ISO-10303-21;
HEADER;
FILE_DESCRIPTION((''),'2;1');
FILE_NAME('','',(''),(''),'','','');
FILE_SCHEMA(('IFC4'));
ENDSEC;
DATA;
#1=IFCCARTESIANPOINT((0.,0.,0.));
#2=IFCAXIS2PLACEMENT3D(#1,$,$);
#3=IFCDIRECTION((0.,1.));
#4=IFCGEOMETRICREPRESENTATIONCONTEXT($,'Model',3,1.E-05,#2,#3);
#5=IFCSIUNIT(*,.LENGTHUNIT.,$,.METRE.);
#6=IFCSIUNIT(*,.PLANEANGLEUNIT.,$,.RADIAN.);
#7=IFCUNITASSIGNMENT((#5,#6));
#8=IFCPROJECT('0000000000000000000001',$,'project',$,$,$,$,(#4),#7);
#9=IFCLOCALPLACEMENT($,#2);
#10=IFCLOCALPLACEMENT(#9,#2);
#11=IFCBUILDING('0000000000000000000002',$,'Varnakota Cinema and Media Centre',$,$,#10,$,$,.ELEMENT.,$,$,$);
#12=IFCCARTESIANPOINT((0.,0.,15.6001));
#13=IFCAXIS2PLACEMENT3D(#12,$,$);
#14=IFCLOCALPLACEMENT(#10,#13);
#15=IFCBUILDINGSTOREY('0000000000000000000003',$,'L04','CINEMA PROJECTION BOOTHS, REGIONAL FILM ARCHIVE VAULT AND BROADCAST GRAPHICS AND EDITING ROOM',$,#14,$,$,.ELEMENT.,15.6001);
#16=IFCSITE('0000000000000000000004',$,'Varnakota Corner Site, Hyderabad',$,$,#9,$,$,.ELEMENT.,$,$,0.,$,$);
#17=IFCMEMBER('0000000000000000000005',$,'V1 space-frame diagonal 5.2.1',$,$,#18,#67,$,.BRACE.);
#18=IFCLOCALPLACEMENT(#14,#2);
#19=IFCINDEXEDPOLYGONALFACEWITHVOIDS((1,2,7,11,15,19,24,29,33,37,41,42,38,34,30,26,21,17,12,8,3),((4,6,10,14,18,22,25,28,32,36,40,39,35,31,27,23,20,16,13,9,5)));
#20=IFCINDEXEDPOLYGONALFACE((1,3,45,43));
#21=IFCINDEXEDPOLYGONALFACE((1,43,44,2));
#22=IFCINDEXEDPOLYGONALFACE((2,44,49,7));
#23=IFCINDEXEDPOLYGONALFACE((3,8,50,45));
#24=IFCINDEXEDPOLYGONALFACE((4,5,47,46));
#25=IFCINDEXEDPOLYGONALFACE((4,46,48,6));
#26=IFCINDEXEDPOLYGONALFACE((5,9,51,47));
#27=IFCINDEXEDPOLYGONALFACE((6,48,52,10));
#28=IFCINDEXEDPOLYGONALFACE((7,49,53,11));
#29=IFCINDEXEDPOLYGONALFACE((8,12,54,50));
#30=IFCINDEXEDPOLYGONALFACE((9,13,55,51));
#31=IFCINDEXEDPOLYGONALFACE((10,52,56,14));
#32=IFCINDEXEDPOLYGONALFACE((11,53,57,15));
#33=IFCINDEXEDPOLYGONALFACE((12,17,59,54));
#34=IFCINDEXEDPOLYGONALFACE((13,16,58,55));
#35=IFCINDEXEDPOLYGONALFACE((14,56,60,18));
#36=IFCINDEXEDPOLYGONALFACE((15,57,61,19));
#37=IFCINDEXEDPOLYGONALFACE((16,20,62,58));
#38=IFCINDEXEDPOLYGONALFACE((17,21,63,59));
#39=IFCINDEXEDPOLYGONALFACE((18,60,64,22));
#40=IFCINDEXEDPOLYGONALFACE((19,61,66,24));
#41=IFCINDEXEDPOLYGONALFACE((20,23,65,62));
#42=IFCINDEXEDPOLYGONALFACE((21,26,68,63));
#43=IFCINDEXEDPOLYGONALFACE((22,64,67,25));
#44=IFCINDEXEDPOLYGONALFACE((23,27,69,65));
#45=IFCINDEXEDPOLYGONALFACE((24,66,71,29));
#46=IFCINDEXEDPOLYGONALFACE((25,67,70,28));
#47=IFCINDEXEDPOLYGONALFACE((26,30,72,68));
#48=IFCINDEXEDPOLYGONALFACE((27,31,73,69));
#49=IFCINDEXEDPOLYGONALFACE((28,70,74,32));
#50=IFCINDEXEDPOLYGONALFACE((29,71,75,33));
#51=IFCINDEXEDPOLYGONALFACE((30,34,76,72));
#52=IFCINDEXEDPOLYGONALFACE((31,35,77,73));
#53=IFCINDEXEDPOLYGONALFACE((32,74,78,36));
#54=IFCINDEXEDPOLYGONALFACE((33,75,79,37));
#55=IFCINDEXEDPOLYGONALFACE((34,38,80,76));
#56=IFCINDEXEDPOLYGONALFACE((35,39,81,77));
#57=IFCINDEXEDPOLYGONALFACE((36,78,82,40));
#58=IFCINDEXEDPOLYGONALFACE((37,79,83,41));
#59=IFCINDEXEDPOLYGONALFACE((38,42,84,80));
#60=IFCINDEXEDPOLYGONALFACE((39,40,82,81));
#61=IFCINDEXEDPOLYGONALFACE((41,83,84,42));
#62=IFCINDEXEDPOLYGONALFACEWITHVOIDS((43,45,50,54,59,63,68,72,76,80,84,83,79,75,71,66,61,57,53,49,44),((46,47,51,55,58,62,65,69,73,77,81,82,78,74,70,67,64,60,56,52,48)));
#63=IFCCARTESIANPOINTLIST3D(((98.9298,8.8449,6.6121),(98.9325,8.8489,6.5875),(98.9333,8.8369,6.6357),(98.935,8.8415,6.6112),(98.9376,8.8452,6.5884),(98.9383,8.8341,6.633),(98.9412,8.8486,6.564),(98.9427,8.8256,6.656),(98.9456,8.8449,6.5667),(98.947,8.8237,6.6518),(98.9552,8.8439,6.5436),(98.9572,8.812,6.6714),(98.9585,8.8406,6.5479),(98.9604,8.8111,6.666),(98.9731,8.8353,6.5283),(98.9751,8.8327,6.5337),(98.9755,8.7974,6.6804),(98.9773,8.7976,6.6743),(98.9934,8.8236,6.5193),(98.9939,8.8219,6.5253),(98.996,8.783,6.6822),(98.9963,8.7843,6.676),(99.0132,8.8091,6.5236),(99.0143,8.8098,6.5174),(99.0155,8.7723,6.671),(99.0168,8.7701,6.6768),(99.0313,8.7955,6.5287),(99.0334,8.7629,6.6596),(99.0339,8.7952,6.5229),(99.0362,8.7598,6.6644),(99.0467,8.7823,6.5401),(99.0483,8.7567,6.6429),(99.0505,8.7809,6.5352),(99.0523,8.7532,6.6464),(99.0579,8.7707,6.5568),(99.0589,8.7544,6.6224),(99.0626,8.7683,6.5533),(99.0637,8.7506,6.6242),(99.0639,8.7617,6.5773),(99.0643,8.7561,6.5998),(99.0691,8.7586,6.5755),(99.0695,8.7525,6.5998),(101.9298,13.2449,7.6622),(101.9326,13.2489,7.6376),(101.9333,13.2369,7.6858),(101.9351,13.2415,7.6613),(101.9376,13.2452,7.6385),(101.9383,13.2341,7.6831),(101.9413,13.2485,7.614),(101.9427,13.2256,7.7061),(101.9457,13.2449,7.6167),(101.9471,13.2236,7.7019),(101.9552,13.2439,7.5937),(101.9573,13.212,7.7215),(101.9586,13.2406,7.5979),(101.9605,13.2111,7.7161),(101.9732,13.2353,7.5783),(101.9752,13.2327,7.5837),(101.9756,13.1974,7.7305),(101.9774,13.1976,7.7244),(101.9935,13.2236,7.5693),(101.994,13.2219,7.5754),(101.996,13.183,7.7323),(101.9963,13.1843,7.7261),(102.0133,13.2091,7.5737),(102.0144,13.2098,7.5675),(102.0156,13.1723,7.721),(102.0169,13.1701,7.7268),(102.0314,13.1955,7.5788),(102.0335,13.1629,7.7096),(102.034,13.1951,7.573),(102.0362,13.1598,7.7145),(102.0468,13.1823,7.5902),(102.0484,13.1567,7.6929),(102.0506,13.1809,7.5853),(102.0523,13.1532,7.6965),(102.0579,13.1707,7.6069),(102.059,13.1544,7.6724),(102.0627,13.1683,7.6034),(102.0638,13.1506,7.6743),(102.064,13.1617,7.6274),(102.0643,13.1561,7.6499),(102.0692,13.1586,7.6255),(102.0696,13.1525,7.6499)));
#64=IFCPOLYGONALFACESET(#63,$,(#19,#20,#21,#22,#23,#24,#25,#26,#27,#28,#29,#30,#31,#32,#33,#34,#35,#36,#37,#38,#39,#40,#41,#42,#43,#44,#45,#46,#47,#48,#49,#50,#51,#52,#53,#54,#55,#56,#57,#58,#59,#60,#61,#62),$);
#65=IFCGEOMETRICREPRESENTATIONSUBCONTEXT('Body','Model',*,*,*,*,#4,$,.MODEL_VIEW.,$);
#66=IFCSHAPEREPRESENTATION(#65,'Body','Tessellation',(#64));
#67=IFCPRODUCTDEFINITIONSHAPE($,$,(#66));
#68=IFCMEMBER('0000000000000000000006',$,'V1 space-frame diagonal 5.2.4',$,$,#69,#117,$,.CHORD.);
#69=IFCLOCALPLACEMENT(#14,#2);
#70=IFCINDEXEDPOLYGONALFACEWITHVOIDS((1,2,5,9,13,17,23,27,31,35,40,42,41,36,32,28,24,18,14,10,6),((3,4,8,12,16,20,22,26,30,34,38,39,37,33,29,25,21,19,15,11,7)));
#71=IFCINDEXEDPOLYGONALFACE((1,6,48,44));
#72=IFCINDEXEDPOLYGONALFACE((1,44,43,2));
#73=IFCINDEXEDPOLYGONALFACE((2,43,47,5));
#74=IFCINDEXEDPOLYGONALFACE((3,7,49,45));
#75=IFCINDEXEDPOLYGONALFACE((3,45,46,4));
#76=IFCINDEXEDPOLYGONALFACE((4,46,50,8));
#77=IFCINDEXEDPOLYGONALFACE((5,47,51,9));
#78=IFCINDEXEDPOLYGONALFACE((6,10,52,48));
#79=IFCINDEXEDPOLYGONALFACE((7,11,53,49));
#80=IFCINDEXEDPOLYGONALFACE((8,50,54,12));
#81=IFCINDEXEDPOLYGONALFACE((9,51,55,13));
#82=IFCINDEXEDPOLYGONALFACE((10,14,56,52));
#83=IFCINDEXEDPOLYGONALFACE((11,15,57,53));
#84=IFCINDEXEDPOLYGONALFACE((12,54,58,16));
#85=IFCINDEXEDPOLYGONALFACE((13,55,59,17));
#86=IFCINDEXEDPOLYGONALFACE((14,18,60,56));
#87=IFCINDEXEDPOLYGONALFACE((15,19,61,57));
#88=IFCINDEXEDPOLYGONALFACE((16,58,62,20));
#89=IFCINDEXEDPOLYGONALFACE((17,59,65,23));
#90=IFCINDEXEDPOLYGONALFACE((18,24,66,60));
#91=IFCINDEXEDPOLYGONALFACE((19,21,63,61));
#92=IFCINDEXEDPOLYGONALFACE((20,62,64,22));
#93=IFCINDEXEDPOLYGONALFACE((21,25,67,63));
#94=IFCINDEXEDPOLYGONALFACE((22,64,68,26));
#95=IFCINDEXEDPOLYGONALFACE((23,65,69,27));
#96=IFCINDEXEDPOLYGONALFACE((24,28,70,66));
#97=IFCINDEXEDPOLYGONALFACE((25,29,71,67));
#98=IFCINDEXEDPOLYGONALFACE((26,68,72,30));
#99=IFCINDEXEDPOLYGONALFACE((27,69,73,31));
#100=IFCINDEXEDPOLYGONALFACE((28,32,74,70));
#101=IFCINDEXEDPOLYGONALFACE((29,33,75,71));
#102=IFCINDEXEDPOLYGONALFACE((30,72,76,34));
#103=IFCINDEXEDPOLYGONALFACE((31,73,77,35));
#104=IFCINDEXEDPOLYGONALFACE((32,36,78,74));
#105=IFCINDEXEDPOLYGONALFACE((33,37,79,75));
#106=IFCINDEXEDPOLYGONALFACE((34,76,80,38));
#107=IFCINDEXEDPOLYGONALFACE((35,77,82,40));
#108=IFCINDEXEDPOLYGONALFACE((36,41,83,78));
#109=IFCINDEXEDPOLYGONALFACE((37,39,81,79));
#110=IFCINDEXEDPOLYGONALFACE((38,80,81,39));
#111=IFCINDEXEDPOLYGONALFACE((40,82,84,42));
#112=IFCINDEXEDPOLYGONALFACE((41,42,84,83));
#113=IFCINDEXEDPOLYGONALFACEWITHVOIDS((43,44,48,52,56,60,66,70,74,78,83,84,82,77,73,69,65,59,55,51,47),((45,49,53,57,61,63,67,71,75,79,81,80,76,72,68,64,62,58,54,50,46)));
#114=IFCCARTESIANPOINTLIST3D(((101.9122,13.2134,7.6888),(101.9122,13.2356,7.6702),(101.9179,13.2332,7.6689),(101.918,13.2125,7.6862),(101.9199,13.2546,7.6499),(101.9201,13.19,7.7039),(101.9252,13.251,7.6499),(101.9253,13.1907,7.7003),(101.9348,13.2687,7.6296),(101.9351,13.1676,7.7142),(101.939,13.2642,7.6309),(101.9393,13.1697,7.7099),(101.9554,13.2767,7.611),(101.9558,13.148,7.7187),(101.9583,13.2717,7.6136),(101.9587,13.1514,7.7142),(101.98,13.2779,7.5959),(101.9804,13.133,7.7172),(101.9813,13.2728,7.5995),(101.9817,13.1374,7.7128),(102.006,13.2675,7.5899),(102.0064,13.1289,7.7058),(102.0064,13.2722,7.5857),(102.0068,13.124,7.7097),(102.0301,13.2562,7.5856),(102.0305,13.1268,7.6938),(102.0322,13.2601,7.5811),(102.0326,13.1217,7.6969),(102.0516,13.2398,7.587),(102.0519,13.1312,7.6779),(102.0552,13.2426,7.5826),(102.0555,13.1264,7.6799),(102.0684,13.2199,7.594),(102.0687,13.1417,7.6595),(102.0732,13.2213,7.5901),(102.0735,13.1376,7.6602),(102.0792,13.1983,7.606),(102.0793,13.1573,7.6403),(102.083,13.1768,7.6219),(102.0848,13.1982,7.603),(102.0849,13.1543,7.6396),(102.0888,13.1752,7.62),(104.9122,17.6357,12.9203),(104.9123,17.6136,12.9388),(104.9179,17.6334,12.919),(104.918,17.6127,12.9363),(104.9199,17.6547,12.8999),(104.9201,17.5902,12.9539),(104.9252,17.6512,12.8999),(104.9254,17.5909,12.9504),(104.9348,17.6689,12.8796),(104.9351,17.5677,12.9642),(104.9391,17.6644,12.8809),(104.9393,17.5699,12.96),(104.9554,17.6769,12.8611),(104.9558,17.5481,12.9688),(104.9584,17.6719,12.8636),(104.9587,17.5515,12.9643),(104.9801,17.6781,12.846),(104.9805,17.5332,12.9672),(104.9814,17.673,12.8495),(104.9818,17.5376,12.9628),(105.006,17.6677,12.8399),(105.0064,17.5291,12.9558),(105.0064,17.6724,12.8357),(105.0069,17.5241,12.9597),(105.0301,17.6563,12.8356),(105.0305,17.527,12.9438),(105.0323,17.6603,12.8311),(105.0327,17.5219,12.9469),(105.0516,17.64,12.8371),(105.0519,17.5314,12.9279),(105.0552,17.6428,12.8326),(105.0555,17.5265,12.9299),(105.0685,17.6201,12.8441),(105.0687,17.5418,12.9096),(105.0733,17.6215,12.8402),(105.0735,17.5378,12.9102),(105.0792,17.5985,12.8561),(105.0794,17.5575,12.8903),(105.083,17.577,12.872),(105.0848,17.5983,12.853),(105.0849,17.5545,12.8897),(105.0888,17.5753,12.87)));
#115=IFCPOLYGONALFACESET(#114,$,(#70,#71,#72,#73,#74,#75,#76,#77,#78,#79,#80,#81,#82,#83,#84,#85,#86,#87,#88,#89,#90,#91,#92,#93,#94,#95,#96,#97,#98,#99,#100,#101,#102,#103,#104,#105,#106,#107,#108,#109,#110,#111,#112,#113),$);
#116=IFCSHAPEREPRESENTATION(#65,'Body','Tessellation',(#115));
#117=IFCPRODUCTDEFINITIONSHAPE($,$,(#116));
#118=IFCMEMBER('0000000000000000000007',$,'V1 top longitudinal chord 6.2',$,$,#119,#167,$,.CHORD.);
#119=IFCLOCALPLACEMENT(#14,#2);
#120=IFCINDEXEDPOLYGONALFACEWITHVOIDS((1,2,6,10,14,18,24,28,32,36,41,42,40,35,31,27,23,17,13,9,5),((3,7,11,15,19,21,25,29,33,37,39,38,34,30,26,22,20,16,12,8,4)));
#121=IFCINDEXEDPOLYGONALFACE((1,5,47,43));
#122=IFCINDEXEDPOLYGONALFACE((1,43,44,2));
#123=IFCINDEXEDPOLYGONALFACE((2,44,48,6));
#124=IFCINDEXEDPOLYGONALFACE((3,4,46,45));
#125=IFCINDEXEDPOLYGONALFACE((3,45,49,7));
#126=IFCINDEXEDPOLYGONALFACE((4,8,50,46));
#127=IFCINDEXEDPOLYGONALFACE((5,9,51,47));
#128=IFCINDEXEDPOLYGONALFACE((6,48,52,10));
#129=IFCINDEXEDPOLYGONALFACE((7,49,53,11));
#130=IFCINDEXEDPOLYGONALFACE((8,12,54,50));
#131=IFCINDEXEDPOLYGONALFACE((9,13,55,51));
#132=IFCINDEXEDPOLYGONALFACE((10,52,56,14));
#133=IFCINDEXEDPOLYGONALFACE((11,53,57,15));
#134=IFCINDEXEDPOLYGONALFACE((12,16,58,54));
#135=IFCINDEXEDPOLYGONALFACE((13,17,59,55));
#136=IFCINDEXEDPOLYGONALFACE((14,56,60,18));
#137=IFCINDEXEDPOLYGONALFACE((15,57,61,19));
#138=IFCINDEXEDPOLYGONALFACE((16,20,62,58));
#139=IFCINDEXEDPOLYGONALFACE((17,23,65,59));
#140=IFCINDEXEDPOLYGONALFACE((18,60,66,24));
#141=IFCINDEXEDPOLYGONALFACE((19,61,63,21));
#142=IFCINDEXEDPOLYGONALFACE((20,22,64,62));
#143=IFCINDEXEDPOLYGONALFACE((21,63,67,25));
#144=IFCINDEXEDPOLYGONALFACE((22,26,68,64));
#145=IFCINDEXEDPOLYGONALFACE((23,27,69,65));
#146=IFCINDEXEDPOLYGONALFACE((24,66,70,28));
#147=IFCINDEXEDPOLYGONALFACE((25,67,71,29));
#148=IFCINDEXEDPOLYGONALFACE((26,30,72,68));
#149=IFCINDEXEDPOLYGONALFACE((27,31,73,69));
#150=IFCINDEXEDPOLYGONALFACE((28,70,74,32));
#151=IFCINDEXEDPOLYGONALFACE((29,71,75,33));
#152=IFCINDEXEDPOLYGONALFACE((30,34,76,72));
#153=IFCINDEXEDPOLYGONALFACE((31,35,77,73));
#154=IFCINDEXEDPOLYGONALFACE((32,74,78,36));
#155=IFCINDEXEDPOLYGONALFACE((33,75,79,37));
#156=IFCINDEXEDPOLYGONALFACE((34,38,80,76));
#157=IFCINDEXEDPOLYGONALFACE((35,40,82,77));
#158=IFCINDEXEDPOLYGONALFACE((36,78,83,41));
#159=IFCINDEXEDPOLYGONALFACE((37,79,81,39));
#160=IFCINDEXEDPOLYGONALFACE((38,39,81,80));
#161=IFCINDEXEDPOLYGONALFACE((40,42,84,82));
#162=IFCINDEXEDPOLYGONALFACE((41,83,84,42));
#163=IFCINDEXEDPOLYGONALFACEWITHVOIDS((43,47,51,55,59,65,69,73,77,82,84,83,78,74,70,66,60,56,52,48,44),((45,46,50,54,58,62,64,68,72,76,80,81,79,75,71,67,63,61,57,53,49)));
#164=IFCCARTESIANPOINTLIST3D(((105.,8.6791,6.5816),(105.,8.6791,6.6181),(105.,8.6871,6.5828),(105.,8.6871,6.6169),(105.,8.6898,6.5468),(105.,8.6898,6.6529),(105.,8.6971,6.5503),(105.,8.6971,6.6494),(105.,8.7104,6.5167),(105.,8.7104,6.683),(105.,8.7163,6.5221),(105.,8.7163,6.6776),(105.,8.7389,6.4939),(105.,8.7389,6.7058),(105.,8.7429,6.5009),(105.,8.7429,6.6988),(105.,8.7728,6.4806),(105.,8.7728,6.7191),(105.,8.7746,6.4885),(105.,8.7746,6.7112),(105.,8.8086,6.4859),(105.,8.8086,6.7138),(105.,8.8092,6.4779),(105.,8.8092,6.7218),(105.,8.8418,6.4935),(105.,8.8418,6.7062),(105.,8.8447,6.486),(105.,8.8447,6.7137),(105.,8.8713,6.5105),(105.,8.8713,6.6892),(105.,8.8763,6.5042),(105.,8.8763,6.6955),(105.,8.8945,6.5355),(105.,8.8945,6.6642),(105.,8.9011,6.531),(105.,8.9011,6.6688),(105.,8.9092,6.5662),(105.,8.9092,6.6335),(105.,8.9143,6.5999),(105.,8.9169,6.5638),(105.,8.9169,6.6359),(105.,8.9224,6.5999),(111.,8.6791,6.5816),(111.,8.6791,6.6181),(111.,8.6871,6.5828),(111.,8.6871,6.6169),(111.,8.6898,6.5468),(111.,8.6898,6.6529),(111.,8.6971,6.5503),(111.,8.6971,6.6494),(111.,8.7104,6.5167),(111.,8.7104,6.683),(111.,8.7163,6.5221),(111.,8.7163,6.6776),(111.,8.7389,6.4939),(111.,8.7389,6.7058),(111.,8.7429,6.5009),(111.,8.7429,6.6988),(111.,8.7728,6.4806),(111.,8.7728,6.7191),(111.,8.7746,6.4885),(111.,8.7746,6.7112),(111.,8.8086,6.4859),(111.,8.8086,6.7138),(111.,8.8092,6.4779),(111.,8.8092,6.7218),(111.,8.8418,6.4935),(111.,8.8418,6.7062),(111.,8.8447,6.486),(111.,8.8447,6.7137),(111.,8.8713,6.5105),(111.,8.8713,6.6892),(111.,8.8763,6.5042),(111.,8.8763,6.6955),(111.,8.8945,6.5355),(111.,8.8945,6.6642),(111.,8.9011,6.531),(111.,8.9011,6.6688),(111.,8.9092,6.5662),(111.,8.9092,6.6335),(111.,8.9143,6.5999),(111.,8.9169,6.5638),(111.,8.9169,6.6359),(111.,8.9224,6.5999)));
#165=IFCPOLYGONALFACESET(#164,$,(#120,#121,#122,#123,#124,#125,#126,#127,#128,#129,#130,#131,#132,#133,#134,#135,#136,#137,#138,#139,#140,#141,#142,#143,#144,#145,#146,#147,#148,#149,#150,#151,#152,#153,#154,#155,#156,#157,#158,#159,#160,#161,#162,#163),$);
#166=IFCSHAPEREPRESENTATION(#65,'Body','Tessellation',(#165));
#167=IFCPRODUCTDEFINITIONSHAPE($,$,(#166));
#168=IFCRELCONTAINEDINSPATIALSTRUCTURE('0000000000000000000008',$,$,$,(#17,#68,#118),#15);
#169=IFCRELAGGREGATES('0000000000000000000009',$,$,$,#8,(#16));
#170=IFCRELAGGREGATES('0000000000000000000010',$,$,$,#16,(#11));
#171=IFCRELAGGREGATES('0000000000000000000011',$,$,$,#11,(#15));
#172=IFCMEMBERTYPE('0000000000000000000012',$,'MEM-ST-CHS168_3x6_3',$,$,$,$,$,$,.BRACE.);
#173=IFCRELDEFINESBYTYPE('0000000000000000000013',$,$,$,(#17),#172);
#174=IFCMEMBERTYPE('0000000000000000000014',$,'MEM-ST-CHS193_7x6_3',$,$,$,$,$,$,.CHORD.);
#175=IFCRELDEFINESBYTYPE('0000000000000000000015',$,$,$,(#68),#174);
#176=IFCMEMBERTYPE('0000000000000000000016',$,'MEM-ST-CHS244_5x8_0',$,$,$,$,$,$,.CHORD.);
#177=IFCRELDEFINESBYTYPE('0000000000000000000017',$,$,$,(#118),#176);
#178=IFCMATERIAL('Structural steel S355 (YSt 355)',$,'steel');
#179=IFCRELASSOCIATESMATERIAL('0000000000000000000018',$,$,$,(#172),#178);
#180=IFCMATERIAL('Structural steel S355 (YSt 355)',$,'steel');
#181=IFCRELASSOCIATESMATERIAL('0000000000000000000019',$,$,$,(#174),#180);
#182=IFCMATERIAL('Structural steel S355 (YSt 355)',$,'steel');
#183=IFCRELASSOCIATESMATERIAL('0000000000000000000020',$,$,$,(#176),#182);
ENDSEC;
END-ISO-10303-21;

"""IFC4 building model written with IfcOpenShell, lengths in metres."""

from ifc_helpers import new_model, si_unit, direction, frame, origin, origin_2d, place, context, subcontext, project, spatial, hollow_circle, extrude, material, material_profile, profile_set, type_object, element, save


model = new_model("IFC4")

# Units and contexts
model_context = context("Model", 3, precision=1e-05, world=origin(), true_north=direction((0.0, 1.0)))
body_context = subcontext(model_context, "Body", "Model", "MODEL_VIEW")
ifc_project = project(units=[si_unit("LENGTHUNIT", "METRE"), si_unit("PLANEANGLEUNIT", "RADIAN")], contexts=[model_context])

# Site, building, storey
site_placement = place(None, origin())
site = spatial("IfcSite", under=ifc_project, at=site_placement, Name="Varnakota Corner Site, Hyderabad", CompositionType="ELEMENT", RefElevation=0.0)
building_placement = place(site_placement, origin())
building = spatial("IfcBuilding", under=site, at=building_placement, Name="Varnakota Cinema and Media Centre", CompositionType="ELEMENT")
storey_placement = place(building_placement, frame((0.0, 0.0, 15.6001)))
storey = spatial("IfcBuildingStorey", under=building, at=storey_placement, Name="L04", Description="CINEMA PROJECTION BOOTHS, REGIONAL FILM ARCHIVE VAULT AND BROADCAST GRAPHICS AND EDITING ROOM", CompositionType="ELEMENT", Elevation=15.6001)

# Members
ifc_material_1 = material(Name="Structural steel S355 (YSt 355)", Category="steel")
ifc_material_profile_1 = material_profile(ifc_material_1, hollow_circle(Radius=0.0842, WallThickness=0.0063, at=origin_2d()), Name="CHS 168.3x6.3")
ifc_profile_set_1 = profile_set([ifc_material_profile_1], Name="Structural steel S355 (YSt 355)")
member_type_1 = type_object("IfcMemberType", Name="MEM-ST-CHS168_3x6_3", PredefinedType="BRACE", material=ifc_profile_set_1)
member_1_placement = place(storey_placement, frame((102.0, 13.2, 7.6499), z_axis=(-0.552703, -0.810613, -0.193455), x_axis=(0.826222, -0.563345, 0.0)))
element("IfcMember", 1, at=member_1_placement, inside=storey, type_object=member_type_1, Name="V1 space-frame diagonal 5.2.1", PredefinedType="BRACE", context=body_context, shape_type="SweptSolid", body=[
    extrude(hollow_circle(Radius=0.0842, WallThickness=0.0063, at=origin_2d()), origin(), (0.0, 0.0, 1.0), 5.428),
])
ifc_material_2 = material(Name="Structural steel S355 (YSt 355)", Category="steel")
ifc_material_profile_2 = material_profile(ifc_material_2, hollow_circle(Radius=0.0969, WallThickness=0.0063, at=origin_2d()), Name="CHS 193.7x6.3")
ifc_profile_set_2 = profile_set([ifc_material_profile_2], Name="Structural steel S355 (YSt 355)")
member_type_2 = type_object("IfcMemberType", Name="MEM-ST-CHS193_7x6_3", PredefinedType="CHORD", material=ifc_profile_set_2)
member_2_placement = place(storey_placement, frame((102.0, 13.2, 7.6499), z_axis=(0.401165, 0.588395, 0.702039), x_axis=(-0.826236, 0.563324, 0.0)))
element("IfcMember", 2, at=member_2_placement, inside=storey, type_object=member_type_2, Name="V1 space-frame diagonal 5.2.4", PredefinedType="CHORD", context=body_context, shape_type="SweptSolid", body=[
    extrude(hollow_circle(Radius=0.0969, WallThickness=0.0063, at=origin_2d()), origin(), (0.0, 0.0, 1.0), 7.4783),
])
ifc_material_3 = material(Name="Structural steel S355 (YSt 355)", Category="steel")
ifc_material_profile_3 = material_profile(ifc_material_3, hollow_circle(Radius=0.1223, WallThickness=0.0081, at=origin_2d()), Name="CHS 244.5x8.0")
ifc_profile_set_3 = profile_set([ifc_material_profile_3], Name="Structural steel S355 (YSt 355)")
member_type_3 = type_object("IfcMemberType", Name="MEM-ST-CHS244_5x8_0", PredefinedType="CHORD", material=ifc_profile_set_3)
member_3_placement = place(storey_placement, frame((105.0, 8.8, 6.5999), z_axis=(1.0, 0.0, 0.0), x_axis=(0.0, 1.0, 0.0)))
element("IfcMember", 3, at=member_3_placement, inside=storey, type_object=member_type_3, Name="V1 top longitudinal chord 6.2", PredefinedType="CHORD", context=body_context, shape_type="SweptSolid", body=[
    extrude(hollow_circle(Radius=0.1223, WallThickness=0.0081, at=origin_2d()), origin(), (0.0, 0.0, 1.0), 6.0),
])

save(model, "model.ifc")
